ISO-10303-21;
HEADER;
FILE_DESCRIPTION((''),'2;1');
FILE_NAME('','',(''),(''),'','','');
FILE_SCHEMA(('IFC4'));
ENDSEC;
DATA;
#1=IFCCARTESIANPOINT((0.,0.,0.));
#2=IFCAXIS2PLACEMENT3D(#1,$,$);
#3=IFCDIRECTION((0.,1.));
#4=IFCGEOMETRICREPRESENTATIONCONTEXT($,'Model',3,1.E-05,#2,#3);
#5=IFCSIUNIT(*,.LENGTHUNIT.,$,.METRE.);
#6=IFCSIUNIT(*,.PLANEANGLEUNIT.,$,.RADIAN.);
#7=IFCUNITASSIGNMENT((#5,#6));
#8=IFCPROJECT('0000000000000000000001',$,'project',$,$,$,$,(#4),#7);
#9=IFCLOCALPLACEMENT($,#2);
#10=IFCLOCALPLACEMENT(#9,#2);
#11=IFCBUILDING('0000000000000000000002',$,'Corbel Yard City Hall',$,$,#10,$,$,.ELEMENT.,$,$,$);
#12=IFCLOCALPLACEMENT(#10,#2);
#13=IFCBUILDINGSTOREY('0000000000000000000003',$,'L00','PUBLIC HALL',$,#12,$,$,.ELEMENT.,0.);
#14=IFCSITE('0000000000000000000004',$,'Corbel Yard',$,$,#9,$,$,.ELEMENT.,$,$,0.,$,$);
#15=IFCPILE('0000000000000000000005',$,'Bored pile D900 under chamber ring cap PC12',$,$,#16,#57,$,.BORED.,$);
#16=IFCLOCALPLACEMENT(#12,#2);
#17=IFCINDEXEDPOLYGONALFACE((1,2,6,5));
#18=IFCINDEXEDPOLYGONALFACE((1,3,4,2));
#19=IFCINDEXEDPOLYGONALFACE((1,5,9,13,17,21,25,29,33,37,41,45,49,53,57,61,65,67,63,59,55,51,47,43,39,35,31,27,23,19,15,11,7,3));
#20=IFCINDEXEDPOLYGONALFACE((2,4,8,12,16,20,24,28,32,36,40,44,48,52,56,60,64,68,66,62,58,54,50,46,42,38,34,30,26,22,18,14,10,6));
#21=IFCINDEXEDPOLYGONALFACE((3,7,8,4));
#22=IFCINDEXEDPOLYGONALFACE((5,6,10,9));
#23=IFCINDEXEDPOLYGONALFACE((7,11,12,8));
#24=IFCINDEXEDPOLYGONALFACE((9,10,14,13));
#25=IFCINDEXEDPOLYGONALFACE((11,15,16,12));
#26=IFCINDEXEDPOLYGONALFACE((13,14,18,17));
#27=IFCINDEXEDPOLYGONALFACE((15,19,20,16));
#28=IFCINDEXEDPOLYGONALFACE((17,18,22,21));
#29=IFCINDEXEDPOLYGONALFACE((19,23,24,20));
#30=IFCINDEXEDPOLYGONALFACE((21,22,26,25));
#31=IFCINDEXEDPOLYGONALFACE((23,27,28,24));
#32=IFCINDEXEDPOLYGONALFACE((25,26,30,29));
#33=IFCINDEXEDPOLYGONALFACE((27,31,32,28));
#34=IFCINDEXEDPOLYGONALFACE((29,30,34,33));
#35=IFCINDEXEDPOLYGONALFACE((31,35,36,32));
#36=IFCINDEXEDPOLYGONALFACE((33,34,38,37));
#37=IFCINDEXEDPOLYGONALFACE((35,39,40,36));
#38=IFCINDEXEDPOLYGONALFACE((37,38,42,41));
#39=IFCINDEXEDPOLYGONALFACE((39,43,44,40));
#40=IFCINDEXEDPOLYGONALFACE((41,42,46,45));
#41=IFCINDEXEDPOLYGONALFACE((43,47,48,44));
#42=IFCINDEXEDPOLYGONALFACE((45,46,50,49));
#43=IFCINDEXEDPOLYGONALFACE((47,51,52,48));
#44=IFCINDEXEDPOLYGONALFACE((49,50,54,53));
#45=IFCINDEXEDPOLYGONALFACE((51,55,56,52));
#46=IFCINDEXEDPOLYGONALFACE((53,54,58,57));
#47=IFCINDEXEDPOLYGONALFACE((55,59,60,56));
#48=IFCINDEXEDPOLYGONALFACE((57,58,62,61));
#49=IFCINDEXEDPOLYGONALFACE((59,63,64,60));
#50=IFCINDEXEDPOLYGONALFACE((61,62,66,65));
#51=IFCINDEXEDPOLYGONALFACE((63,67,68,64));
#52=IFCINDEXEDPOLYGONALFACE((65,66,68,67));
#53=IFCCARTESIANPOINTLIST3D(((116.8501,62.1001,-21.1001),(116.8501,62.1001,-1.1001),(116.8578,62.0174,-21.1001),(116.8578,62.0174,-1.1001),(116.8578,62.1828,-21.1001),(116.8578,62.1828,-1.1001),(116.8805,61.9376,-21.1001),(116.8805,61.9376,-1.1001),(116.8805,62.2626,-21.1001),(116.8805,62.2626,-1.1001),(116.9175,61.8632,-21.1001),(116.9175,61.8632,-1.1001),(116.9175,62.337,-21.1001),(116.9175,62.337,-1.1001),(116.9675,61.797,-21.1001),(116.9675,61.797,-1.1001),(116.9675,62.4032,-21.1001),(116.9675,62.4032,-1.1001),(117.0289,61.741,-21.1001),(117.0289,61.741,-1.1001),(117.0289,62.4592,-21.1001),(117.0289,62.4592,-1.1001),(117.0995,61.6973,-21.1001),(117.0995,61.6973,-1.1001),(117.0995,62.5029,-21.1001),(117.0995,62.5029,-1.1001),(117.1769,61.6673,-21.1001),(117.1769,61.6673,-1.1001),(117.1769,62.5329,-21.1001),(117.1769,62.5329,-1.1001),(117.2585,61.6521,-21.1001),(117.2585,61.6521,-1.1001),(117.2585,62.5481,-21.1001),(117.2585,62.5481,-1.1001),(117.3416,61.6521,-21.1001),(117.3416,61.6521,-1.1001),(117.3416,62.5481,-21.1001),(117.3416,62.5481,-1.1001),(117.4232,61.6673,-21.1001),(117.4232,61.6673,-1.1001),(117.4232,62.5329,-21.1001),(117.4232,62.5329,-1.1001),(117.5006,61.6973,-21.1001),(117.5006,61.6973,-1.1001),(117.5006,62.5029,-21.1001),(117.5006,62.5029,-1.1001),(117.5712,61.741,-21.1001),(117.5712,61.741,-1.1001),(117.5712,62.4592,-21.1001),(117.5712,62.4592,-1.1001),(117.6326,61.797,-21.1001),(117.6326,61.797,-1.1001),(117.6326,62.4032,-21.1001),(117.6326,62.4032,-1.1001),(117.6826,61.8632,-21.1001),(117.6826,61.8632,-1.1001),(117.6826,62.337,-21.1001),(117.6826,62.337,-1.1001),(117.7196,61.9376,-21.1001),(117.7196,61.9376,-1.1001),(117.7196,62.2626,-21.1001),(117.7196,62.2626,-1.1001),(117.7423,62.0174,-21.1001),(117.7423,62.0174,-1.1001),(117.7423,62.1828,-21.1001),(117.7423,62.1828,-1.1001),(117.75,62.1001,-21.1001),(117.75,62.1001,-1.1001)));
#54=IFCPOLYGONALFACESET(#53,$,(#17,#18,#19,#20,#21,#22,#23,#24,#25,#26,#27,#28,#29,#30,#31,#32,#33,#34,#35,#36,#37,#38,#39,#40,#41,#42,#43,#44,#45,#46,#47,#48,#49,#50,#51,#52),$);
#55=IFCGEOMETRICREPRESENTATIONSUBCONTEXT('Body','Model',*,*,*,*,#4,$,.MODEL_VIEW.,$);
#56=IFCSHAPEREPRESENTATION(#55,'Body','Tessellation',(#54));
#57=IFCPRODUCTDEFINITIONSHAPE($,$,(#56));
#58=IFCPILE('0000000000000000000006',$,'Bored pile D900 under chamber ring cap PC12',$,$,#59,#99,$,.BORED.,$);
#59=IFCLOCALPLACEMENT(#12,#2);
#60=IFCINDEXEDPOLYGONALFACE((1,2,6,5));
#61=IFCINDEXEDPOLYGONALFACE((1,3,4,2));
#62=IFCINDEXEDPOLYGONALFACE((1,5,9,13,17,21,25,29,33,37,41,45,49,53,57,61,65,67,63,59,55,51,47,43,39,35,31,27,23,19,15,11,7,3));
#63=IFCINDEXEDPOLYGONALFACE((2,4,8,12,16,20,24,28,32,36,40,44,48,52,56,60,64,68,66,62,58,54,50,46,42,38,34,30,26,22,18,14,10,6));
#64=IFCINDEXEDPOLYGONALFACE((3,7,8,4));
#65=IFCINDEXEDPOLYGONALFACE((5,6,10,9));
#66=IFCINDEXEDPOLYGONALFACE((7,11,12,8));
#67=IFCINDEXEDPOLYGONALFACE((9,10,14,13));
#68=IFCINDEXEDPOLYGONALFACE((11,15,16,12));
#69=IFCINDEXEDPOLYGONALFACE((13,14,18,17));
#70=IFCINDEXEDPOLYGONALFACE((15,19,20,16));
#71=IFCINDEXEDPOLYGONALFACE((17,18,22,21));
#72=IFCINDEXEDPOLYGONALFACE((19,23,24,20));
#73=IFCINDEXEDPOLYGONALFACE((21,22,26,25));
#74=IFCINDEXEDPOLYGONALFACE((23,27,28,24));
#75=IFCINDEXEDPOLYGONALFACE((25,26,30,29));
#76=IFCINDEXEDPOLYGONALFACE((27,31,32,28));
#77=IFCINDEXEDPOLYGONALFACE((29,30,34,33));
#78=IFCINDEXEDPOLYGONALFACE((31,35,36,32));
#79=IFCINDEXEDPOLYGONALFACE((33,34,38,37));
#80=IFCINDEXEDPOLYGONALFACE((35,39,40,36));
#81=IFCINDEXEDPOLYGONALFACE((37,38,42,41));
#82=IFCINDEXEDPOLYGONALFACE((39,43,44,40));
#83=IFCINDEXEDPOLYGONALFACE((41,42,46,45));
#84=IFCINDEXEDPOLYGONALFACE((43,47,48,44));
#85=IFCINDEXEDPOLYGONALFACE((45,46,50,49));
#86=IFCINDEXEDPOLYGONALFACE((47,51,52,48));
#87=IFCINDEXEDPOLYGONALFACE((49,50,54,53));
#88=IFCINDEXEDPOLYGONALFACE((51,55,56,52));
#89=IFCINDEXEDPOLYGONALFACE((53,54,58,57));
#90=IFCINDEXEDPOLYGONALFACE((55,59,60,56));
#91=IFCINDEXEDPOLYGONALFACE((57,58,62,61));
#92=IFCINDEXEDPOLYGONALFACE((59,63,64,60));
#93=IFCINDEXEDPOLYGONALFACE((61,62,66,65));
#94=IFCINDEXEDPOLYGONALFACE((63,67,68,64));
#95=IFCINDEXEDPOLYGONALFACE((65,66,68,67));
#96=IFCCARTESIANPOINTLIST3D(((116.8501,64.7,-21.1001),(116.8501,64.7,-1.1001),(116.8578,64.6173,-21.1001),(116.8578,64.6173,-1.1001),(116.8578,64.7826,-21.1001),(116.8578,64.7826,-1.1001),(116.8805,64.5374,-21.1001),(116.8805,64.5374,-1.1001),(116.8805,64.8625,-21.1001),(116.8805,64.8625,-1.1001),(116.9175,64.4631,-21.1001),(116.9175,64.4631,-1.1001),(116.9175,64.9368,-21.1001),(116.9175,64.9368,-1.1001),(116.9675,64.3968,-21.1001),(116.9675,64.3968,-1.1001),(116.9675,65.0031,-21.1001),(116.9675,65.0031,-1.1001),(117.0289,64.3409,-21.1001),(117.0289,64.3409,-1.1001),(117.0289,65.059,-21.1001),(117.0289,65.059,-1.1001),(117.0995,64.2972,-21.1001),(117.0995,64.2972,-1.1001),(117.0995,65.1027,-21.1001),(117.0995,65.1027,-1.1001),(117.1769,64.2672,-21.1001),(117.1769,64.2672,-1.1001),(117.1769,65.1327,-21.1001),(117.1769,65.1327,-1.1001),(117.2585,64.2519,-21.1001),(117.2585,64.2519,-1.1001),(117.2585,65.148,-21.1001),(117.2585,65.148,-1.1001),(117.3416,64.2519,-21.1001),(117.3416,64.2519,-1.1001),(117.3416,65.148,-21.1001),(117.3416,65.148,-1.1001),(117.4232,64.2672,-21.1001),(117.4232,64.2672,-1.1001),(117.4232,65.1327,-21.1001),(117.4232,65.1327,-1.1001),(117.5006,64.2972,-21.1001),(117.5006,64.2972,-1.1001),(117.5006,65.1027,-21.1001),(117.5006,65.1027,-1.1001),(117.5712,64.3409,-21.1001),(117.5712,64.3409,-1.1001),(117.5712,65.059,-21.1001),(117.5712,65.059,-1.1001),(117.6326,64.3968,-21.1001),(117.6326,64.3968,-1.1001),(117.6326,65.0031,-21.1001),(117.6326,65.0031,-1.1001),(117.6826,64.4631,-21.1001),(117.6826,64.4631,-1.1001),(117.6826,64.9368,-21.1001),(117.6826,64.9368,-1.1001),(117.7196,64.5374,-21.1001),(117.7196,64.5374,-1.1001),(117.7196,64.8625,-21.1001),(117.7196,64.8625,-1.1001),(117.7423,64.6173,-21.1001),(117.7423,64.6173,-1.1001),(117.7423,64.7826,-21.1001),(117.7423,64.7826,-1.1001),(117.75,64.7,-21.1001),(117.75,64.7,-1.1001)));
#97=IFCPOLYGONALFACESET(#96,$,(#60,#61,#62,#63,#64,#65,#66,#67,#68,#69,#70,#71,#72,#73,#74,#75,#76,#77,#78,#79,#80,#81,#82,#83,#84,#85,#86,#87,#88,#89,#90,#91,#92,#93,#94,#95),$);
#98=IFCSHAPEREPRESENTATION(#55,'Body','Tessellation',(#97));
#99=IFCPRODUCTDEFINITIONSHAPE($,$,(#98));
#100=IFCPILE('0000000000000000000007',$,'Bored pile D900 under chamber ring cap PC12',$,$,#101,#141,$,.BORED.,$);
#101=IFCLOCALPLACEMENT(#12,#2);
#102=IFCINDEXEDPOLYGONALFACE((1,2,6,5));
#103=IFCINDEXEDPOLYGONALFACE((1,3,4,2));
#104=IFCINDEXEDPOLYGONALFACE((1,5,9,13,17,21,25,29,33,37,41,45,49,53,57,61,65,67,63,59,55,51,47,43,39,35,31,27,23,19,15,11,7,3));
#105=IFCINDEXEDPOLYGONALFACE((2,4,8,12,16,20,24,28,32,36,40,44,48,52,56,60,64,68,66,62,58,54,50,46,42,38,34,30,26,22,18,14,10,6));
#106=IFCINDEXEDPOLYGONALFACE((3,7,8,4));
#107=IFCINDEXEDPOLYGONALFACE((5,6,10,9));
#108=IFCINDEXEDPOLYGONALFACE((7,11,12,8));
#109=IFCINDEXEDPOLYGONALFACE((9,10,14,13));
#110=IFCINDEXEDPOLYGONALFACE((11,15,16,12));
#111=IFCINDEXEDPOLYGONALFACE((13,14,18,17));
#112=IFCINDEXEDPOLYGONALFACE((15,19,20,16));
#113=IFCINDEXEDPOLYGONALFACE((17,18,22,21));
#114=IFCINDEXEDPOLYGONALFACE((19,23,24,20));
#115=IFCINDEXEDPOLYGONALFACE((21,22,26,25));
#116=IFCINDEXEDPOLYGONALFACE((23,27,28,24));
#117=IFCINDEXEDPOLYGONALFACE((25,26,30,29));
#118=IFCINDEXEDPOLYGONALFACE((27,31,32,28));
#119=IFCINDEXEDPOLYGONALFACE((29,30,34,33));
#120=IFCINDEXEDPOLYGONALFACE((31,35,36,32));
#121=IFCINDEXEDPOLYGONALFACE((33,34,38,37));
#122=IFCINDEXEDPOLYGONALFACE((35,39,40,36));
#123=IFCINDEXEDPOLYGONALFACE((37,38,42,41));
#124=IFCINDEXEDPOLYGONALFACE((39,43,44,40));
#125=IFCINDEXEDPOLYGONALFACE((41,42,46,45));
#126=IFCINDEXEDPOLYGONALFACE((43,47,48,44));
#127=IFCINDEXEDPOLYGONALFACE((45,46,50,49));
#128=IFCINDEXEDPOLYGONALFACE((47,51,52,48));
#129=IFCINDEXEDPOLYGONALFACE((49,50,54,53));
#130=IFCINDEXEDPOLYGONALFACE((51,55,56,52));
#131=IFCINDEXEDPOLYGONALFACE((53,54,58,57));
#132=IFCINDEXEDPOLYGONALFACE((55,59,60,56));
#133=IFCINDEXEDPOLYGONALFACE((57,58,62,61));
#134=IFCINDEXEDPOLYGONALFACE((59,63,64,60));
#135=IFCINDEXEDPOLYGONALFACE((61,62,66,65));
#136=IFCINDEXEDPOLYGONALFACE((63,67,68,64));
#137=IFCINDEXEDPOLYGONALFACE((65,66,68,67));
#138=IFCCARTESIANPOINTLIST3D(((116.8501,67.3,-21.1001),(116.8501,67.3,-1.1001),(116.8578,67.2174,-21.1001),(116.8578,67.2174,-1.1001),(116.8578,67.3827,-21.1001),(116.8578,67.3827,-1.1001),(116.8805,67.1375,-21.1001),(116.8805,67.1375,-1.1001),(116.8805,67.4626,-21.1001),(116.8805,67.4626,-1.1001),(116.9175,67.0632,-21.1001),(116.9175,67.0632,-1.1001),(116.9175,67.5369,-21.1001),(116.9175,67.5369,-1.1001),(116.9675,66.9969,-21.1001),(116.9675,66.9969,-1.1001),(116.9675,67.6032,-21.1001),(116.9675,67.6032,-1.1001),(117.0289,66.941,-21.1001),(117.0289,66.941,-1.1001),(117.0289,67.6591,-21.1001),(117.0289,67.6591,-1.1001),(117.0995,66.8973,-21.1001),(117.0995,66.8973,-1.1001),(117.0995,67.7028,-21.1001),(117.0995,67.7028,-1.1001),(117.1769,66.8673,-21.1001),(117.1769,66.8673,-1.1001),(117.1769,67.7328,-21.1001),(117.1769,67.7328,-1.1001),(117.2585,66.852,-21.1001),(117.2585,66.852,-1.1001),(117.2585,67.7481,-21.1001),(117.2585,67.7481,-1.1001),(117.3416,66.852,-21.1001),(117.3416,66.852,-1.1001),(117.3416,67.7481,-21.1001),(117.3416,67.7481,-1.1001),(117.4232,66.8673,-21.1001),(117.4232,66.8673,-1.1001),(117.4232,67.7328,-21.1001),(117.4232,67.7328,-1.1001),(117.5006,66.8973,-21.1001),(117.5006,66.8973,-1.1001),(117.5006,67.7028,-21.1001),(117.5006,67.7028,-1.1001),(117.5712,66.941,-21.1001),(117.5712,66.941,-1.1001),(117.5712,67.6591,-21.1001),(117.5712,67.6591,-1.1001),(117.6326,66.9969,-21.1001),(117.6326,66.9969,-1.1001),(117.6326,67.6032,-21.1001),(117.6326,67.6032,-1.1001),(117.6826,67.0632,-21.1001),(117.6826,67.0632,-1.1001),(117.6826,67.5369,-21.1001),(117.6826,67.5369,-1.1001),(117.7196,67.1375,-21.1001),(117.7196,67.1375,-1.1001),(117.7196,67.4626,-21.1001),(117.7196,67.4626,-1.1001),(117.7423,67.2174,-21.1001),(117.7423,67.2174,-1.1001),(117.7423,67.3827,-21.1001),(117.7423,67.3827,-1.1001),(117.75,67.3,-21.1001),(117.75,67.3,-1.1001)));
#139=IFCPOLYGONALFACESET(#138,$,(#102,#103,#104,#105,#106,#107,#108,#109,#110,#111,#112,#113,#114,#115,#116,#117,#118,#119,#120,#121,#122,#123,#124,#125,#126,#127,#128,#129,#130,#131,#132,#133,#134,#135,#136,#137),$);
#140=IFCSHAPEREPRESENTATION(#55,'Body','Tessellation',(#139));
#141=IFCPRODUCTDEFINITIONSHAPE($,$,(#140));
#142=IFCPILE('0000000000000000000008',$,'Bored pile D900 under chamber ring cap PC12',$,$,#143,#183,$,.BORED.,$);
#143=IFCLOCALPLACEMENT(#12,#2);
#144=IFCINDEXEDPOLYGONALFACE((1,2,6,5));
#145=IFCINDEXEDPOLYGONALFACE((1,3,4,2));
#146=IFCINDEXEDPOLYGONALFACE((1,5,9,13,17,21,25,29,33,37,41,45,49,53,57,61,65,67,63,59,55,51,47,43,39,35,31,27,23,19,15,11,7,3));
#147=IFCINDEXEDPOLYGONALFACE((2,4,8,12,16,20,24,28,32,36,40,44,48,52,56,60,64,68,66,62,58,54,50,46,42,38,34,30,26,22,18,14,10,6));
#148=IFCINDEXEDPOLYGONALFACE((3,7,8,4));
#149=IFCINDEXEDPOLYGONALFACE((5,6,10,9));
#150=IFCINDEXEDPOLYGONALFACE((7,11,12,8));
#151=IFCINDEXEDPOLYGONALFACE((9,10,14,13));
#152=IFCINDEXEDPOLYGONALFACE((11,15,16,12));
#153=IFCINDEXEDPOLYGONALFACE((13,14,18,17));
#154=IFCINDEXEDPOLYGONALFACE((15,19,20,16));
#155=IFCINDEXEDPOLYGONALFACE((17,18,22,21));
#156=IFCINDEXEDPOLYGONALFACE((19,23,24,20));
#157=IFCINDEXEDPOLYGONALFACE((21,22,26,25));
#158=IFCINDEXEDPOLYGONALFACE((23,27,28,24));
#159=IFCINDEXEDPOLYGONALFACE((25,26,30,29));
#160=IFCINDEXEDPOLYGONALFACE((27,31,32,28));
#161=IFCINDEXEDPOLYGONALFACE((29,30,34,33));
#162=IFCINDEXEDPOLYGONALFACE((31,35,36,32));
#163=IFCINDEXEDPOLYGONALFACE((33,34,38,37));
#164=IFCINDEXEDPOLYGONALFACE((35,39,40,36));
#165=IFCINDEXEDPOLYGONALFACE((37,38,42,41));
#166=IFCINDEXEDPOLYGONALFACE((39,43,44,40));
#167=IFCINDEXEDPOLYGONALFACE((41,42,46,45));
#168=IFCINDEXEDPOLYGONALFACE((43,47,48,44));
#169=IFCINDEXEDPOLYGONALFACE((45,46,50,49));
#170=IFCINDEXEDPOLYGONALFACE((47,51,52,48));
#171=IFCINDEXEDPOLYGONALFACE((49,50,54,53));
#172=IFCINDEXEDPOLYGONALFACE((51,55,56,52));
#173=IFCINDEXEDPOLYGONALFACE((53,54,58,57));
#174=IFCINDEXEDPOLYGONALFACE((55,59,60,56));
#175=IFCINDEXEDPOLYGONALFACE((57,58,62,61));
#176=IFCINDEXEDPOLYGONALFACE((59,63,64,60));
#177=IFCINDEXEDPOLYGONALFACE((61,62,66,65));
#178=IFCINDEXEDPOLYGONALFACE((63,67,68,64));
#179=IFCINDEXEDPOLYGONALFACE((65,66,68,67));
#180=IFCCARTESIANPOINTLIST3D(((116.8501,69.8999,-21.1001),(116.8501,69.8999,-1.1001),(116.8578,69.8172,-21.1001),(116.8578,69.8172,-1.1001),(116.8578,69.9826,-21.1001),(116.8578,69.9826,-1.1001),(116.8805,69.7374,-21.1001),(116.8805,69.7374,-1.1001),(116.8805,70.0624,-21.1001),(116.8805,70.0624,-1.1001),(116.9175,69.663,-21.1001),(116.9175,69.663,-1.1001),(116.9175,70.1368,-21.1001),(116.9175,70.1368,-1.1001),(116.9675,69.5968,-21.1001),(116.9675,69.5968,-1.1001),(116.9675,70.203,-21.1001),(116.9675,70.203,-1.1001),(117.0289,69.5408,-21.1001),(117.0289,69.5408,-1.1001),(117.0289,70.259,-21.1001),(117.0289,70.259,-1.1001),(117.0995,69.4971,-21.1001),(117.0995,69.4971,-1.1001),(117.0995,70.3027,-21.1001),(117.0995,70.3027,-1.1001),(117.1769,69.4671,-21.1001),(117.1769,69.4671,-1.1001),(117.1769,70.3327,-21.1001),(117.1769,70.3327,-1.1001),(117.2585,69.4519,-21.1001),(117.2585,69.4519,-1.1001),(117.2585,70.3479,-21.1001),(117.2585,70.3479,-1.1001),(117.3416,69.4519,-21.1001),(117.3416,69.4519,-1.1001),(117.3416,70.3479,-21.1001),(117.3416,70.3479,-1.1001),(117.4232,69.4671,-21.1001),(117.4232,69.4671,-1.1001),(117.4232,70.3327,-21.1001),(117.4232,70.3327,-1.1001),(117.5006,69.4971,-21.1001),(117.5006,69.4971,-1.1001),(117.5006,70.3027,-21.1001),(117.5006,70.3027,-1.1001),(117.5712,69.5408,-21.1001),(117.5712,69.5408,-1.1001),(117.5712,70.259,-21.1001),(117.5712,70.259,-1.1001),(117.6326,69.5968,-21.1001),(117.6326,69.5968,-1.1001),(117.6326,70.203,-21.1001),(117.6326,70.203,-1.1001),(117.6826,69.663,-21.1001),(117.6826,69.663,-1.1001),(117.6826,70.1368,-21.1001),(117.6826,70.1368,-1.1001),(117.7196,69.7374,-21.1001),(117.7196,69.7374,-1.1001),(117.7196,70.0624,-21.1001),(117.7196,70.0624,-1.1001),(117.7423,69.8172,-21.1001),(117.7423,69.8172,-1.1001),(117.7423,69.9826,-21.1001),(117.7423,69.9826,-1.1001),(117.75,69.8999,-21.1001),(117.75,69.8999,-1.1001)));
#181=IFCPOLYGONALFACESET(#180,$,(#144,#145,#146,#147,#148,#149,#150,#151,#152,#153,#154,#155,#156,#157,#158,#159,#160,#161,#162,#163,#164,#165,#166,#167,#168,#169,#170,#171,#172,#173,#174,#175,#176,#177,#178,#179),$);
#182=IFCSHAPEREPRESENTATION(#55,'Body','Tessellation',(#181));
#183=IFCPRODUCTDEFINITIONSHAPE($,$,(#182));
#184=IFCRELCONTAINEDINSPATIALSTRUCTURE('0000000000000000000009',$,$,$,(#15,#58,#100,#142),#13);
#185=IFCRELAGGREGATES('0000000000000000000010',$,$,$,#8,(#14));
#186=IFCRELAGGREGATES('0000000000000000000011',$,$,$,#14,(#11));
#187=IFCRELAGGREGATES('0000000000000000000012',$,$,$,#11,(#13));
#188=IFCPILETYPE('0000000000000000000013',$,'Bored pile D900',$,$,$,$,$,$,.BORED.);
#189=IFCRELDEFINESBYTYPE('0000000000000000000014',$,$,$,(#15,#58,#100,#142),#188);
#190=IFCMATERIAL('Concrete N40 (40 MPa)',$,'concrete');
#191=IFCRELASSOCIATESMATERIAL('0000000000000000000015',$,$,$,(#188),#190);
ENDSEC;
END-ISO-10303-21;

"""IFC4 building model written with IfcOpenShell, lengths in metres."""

from ifc_helpers import new_model, si_unit, direction, frame, origin, origin_2d, place, context, subcontext, project, spatial, circle, extrude, material, material_profile, profile_set, type_object, element, save


model = new_model("IFC4")

# Units and contexts
model_context = context("Model", 3, precision=1e-05, world=origin(), true_north=direction((0.0, 1.0)))
body_context = subcontext(model_context, "Body", "Model", "MODEL_VIEW")
ifc_project = project(units=[si_unit("LENGTHUNIT", "METRE"), si_unit("PLANEANGLEUNIT", "RADIAN")], contexts=[model_context])

# Site, building, storey
site_placement = place(None, origin())
site = spatial("IfcSite", under=ifc_project, at=site_placement, Name="Corbel Yard", CompositionType="ELEMENT", RefElevation=0.0)
building_placement = place(site_placement, origin())
building = spatial("IfcBuilding", under=site, at=building_placement, Name="Corbel Yard City Hall", CompositionType="ELEMENT")
storey_placement = place(building_placement, origin())
storey = spatial("IfcBuildingStorey", under=building, at=storey_placement, Name="L00", Description="PUBLIC HALL", CompositionType="ELEMENT", Elevation=0.0)

# Piles
ifc_material_1 = material(Name="Concrete N40 (40 MPa)", Category="concrete")
ifc_material_profile_1 = material_profile(ifc_material_1, circle(Radius=0.45, at=origin_2d()), Name="D900")
ifc_profile_set_1 = profile_set([ifc_material_profile_1], Name="Concrete N40 (40 MPa)")
pile_type = type_object("IfcPileType", Name="Bored pile D900", PredefinedType="BORED", material=ifc_profile_set_1)
for number, where, z_axis, x_axis, name in (
    (1, (117.3, 62.1001, -1.1001), (0.0, 0.0, -1.0), (1.0, 0.0, 0.0), "Bored pile D900 under chamber ring cap PC12"),
    (2, (117.3, 64.7, -1.1001), (0.0, 0.0, -1.0), (1.0, 0.0, 0.0), "Bored pile D900 under chamber ring cap PC12"),
    (3, (117.3, 67.3, -1.1001), (0.0, 0.0, -1.0), (1.0, 0.0, 0.0), "Bored pile D900 under chamber ring cap PC12"),
    (4, (117.3, 69.8999, -1.1001), (0.0, 0.0, -1.0), (1.0, 0.0, 0.0), "Bored pile D900 under chamber ring cap PC12"),
):
    element("IfcPile", number, at=place(storey_placement, frame(where, z_axis=z_axis, x_axis=x_axis)), inside=storey, type_object=pile_type, Name=name, PredefinedType="BORED", context=body_context, shape_type="SweptSolid", body=[
        extrude(circle(Radius=0.45, at=origin_2d()), origin(), (0.0, 0.0, 1.0), 20.0),
    ])

save(model, "model.ifc")
